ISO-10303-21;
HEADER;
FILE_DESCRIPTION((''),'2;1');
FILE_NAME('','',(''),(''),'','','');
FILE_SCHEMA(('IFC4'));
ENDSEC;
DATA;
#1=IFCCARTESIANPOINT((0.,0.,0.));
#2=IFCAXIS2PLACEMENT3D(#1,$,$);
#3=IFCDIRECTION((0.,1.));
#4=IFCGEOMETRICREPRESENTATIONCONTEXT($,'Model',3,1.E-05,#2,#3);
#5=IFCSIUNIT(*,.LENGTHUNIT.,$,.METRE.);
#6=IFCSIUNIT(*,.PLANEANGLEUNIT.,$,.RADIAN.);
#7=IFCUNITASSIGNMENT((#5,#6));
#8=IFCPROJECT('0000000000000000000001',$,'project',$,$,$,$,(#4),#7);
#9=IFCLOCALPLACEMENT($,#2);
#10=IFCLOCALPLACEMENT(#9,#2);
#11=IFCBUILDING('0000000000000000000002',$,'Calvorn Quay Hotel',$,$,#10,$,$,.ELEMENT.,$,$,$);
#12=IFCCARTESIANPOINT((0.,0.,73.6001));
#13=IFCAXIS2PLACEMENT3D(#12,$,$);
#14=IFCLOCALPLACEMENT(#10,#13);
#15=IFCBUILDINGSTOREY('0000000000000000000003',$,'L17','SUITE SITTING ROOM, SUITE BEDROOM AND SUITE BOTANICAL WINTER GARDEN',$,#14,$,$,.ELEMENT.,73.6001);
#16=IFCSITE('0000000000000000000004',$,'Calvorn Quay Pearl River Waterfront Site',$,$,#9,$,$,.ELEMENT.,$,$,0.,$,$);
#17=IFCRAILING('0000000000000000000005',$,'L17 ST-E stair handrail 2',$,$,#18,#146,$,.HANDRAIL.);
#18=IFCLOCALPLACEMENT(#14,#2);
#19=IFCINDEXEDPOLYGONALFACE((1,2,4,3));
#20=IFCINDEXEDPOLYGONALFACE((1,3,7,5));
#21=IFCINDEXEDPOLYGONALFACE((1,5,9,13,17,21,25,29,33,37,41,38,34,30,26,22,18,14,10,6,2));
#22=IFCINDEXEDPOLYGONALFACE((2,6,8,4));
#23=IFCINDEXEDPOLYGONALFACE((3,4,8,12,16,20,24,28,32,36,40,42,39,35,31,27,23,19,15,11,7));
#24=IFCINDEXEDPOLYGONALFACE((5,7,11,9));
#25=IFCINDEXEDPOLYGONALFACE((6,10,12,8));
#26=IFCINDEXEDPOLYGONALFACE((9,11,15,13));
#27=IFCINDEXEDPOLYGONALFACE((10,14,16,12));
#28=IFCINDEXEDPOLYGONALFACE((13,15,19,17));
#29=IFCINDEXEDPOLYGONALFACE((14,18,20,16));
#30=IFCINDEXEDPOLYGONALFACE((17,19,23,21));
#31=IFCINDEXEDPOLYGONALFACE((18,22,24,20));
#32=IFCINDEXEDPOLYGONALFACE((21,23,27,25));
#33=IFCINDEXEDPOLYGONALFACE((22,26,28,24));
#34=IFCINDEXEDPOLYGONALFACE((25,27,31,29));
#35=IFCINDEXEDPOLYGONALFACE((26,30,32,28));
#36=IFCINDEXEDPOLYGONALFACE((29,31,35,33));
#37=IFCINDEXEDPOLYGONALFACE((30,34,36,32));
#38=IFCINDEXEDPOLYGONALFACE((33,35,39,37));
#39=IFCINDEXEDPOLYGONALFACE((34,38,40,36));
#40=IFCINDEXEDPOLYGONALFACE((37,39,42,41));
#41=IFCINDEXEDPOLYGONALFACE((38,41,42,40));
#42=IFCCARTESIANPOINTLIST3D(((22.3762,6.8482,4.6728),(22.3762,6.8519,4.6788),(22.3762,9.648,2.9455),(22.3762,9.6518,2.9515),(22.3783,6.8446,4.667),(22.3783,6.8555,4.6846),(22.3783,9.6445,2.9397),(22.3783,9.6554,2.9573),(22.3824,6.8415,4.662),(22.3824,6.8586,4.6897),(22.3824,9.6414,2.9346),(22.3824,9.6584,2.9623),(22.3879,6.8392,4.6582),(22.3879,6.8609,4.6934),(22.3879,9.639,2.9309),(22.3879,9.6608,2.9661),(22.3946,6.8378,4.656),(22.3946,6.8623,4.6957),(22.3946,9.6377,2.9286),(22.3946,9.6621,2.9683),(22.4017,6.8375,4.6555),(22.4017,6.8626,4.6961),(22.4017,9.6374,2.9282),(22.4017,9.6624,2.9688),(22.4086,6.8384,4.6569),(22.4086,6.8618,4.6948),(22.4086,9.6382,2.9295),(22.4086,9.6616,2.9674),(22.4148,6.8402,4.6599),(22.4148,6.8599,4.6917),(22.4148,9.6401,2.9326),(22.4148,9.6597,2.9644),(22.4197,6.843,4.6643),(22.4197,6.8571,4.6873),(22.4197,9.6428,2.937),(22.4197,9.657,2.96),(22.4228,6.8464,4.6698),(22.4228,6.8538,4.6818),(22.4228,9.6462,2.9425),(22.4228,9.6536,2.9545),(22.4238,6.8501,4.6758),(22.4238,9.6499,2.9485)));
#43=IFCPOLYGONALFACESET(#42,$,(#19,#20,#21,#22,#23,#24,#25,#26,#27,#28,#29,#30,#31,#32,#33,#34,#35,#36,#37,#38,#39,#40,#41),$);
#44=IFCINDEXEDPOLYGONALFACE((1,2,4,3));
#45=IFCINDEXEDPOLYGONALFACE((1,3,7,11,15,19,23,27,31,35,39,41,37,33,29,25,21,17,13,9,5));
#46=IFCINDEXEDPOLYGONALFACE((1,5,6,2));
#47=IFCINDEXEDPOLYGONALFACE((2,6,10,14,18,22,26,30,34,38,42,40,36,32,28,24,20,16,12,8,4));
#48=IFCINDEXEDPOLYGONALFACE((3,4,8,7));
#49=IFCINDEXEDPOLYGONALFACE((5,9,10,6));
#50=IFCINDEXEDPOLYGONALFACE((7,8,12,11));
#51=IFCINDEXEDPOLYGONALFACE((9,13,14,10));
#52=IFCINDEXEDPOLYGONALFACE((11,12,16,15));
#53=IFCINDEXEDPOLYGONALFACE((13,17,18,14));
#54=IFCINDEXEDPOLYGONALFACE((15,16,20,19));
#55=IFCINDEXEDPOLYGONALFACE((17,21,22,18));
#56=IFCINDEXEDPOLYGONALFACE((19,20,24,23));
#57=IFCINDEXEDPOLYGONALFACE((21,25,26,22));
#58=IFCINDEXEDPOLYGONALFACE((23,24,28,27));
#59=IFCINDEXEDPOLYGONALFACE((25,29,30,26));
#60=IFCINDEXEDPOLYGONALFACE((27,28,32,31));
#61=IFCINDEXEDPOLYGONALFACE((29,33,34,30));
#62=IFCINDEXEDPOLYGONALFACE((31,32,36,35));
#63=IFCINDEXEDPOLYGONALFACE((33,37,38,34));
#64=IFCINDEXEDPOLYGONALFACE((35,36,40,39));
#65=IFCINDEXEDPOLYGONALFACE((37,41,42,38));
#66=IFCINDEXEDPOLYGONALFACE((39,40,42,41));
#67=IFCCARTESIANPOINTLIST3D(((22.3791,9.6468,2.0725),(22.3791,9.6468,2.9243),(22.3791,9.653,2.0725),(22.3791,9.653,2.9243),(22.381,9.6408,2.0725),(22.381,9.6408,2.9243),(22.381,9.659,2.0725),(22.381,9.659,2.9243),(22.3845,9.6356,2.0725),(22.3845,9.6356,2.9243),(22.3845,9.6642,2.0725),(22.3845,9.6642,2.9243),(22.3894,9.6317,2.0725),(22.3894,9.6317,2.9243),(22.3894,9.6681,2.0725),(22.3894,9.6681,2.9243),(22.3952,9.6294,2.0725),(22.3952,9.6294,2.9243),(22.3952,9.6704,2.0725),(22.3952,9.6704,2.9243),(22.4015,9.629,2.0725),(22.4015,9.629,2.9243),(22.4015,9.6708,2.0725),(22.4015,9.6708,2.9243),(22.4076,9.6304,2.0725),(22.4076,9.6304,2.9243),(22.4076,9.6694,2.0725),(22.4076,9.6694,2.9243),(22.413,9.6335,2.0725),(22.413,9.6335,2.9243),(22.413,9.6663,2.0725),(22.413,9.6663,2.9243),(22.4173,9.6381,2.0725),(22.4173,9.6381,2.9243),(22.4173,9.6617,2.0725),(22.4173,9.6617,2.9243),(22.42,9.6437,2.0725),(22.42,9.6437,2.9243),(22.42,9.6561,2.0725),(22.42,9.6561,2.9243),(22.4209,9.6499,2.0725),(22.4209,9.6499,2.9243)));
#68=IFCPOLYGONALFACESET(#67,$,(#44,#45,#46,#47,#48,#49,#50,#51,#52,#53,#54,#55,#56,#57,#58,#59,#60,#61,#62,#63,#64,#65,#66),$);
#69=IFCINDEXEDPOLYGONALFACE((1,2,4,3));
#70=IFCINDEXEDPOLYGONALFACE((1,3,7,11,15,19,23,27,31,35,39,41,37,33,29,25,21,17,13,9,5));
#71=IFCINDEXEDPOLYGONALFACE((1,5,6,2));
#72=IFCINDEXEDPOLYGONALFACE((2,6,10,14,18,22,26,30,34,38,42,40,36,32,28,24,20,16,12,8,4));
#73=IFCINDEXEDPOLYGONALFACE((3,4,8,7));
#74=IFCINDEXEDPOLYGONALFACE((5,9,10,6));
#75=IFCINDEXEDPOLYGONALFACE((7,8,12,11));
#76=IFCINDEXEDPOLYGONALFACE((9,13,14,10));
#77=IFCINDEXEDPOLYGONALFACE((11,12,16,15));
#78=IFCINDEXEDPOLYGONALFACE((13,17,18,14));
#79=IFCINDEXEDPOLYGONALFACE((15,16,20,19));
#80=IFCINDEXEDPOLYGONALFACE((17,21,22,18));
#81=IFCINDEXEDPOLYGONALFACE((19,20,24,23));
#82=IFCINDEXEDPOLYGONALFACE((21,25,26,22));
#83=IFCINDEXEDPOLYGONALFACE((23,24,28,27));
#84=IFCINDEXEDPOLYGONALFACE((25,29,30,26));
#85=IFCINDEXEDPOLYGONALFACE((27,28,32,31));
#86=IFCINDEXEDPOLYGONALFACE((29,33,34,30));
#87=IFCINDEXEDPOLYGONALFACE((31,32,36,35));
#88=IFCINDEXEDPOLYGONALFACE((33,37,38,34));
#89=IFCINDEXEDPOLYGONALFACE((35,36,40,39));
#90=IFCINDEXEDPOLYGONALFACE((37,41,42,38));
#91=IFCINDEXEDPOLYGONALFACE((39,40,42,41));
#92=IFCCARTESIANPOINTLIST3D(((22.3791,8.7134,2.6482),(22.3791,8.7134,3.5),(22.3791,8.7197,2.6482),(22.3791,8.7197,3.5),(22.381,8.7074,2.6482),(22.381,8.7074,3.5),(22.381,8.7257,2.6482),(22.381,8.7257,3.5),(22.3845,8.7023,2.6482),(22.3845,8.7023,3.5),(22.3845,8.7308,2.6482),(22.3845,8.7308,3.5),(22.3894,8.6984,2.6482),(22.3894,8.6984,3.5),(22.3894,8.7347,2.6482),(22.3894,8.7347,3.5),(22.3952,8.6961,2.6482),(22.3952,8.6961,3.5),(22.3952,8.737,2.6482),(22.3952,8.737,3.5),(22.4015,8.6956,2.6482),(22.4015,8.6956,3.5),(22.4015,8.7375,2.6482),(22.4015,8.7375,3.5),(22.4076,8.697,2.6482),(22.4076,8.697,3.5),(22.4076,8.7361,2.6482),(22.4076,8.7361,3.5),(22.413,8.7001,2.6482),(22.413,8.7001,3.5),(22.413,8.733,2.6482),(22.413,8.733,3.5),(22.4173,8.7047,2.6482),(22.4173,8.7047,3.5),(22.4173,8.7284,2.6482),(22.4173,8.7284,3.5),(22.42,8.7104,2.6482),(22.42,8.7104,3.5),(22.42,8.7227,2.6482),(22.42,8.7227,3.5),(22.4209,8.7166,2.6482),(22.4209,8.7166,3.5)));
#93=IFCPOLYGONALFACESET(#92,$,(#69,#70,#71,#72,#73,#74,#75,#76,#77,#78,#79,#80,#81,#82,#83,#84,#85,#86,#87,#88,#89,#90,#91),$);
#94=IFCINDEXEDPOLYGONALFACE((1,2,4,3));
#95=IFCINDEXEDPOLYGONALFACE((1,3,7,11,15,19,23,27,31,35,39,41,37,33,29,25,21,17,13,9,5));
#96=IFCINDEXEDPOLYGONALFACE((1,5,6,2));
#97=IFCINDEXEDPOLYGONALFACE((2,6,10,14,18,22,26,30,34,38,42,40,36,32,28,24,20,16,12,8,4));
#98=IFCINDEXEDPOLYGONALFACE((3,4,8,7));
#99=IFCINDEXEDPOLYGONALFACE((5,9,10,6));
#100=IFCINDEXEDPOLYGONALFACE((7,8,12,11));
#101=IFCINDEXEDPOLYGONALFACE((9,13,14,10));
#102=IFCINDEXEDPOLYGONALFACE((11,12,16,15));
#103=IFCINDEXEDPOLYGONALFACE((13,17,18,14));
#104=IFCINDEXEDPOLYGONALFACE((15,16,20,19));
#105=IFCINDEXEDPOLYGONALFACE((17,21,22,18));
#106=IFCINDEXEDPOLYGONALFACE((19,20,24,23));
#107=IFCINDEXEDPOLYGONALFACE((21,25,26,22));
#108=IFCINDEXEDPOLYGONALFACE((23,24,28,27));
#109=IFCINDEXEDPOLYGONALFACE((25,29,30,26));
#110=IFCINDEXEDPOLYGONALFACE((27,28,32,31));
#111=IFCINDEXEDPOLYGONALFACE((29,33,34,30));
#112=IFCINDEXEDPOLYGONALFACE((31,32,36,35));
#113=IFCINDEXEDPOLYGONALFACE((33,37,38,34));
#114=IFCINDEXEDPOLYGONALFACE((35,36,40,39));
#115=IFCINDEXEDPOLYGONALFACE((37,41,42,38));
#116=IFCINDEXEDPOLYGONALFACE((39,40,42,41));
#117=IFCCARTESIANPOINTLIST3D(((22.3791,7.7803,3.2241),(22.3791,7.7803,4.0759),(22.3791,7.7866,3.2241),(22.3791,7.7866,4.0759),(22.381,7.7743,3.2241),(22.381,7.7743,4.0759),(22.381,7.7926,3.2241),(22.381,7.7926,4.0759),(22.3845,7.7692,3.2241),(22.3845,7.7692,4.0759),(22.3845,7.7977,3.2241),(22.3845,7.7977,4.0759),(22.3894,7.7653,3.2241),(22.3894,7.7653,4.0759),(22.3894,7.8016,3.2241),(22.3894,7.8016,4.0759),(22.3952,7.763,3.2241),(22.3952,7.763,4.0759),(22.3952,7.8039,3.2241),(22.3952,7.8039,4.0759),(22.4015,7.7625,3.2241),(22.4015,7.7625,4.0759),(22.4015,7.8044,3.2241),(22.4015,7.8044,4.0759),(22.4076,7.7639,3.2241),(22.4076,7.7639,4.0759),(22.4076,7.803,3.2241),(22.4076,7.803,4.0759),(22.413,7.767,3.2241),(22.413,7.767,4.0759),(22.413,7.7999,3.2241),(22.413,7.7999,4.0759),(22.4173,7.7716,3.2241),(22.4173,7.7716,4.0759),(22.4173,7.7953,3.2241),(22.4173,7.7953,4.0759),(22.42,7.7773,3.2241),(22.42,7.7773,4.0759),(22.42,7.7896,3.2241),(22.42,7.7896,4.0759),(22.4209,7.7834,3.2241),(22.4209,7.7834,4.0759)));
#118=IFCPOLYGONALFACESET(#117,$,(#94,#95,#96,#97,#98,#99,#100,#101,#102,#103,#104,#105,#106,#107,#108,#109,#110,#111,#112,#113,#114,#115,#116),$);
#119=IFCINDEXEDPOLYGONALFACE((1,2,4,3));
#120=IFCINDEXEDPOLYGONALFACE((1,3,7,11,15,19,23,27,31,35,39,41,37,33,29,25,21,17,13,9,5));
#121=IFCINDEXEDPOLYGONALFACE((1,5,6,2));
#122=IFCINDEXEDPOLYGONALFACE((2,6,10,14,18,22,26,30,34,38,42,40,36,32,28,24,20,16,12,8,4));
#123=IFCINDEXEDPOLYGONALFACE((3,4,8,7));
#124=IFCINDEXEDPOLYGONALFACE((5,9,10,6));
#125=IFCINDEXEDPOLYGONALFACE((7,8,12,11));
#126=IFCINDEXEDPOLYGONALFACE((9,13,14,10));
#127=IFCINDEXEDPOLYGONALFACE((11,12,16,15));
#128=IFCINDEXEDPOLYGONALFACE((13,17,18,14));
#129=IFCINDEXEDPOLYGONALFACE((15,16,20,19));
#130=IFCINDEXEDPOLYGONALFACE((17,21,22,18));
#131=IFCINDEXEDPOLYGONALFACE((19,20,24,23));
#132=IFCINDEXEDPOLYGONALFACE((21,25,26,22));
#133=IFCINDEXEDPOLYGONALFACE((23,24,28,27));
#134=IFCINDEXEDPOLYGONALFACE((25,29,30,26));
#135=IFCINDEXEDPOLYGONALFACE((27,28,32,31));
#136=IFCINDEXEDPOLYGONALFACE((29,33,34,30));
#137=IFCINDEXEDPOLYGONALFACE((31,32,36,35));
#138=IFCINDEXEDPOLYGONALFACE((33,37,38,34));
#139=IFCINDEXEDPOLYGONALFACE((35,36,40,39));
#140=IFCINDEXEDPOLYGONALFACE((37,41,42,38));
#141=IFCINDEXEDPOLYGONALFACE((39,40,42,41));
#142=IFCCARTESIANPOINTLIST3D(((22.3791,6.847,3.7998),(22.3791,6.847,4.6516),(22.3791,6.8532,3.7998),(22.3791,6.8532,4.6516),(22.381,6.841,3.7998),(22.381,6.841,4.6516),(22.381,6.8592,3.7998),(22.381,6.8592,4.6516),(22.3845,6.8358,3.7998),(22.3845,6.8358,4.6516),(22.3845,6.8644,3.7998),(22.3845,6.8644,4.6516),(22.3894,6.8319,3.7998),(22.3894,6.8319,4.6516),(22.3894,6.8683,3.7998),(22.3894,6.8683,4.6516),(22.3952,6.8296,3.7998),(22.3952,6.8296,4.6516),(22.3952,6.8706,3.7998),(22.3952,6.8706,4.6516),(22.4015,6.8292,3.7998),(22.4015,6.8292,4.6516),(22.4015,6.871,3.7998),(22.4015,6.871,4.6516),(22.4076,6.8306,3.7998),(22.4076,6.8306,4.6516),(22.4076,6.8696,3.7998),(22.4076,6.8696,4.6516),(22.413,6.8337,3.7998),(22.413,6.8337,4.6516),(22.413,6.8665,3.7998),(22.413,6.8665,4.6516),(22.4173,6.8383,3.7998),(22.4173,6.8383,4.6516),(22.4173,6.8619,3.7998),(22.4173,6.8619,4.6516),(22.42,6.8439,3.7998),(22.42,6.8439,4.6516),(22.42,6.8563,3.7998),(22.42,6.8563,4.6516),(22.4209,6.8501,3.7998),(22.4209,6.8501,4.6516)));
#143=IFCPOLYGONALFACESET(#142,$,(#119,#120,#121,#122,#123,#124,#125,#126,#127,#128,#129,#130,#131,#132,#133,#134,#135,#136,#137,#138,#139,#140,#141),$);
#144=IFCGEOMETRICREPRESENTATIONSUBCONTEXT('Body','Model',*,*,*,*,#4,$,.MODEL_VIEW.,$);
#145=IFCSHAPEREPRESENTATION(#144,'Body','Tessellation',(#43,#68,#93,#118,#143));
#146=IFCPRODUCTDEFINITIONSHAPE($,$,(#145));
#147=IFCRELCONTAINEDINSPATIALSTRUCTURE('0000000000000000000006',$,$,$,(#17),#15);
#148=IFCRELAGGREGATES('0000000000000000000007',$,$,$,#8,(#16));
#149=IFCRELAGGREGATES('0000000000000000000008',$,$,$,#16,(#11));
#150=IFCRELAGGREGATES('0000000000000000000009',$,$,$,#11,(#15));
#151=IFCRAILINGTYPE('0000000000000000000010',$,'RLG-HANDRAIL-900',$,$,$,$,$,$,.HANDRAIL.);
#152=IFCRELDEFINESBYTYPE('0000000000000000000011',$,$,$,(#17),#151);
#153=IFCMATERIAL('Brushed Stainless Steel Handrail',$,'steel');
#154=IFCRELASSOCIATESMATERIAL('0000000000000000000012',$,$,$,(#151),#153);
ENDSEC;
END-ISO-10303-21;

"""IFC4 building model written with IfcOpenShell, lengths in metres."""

from ifc_helpers import new_model, si_unit, direction, frame, origin, origin_2d, place, context, subcontext, project, spatial, circle, extrude, material, type_object, element, save


model = new_model("IFC4")

# Units and contexts
model_context = context("Model", 3, precision=1e-05, world=origin(), true_north=direction((0.0, 1.0)))
body_context = subcontext(model_context, "Body", "Model", "MODEL_VIEW")
ifc_project = project(units=[si_unit("LENGTHUNIT", "METRE"), si_unit("PLANEANGLEUNIT", "RADIAN")], contexts=[model_context])

# Site, building, storey
site_placement = place(None, origin())
site = spatial("IfcSite", under=ifc_project, at=site_placement, Name="Calvorn Quay Pearl River Waterfront Site", CompositionType="ELEMENT", RefElevation=0.0)
building_placement = place(site_placement, origin())
building = spatial("IfcBuilding", under=site, at=building_placement, Name="Calvorn Quay Hotel", CompositionType="ELEMENT")
storey_placement = place(building_placement, frame((0.0, 0.0, 73.6001)))
storey = spatial("IfcBuildingStorey", under=building, at=storey_placement, Name="L17", Description="SUITE SITTING ROOM, SUITE BEDROOM AND SUITE BOTANICAL WINTER GARDEN", CompositionType="ELEMENT", Elevation=73.6001)

# Railing
ifc_material_1 = material(Name="Brushed Stainless Steel Handrail", Category="steel")
railing_type_1 = type_object("IfcRailingType", Name="RLG-HANDRAIL-900", PredefinedType="HANDRAIL", material=ifc_material_1)
railing_1_placement = place(storey_placement, frame((22.3999, 9.6499, 2.0725)))
element("IfcRailing", 1, at=railing_1_placement, inside=storey, type_object=railing_type_1, Name="L17 ST-E stair handrail 2", PredefinedType="HANDRAIL", context=body_context, shape_type="SweptSolid", body=[
    extrude(circle(Radius=0.0239, at=origin_2d()), frame((0.0, 0.0, 0.876), z_axis=(0.0, -0.851069, 0.525054), x_axis=(1.0, 0.0, 0.0)), (0.0, 0.0, 1.0), 3.2898),
    extrude(circle(Radius=0.021, at=origin_2d()), origin(), (0.0, 0.0, 1.0), 0.8518),
    extrude(circle(Radius=0.021, at=origin_2d()), frame((0.0, -0.9333, 0.5757)), (0.0, 0.0, 1.0), 0.8518),
    extrude(circle(Radius=0.021, at=origin_2d()), frame((0.0, -1.8665, 1.1516)), (0.0, 0.0, 1.0), 0.8518),
    extrude(circle(Radius=0.021, at=origin_2d()), frame((0.0, -2.7998, 1.7273)), (0.0, 0.0, 1.0), 0.8518),
])

save(model, "model.ifc")
